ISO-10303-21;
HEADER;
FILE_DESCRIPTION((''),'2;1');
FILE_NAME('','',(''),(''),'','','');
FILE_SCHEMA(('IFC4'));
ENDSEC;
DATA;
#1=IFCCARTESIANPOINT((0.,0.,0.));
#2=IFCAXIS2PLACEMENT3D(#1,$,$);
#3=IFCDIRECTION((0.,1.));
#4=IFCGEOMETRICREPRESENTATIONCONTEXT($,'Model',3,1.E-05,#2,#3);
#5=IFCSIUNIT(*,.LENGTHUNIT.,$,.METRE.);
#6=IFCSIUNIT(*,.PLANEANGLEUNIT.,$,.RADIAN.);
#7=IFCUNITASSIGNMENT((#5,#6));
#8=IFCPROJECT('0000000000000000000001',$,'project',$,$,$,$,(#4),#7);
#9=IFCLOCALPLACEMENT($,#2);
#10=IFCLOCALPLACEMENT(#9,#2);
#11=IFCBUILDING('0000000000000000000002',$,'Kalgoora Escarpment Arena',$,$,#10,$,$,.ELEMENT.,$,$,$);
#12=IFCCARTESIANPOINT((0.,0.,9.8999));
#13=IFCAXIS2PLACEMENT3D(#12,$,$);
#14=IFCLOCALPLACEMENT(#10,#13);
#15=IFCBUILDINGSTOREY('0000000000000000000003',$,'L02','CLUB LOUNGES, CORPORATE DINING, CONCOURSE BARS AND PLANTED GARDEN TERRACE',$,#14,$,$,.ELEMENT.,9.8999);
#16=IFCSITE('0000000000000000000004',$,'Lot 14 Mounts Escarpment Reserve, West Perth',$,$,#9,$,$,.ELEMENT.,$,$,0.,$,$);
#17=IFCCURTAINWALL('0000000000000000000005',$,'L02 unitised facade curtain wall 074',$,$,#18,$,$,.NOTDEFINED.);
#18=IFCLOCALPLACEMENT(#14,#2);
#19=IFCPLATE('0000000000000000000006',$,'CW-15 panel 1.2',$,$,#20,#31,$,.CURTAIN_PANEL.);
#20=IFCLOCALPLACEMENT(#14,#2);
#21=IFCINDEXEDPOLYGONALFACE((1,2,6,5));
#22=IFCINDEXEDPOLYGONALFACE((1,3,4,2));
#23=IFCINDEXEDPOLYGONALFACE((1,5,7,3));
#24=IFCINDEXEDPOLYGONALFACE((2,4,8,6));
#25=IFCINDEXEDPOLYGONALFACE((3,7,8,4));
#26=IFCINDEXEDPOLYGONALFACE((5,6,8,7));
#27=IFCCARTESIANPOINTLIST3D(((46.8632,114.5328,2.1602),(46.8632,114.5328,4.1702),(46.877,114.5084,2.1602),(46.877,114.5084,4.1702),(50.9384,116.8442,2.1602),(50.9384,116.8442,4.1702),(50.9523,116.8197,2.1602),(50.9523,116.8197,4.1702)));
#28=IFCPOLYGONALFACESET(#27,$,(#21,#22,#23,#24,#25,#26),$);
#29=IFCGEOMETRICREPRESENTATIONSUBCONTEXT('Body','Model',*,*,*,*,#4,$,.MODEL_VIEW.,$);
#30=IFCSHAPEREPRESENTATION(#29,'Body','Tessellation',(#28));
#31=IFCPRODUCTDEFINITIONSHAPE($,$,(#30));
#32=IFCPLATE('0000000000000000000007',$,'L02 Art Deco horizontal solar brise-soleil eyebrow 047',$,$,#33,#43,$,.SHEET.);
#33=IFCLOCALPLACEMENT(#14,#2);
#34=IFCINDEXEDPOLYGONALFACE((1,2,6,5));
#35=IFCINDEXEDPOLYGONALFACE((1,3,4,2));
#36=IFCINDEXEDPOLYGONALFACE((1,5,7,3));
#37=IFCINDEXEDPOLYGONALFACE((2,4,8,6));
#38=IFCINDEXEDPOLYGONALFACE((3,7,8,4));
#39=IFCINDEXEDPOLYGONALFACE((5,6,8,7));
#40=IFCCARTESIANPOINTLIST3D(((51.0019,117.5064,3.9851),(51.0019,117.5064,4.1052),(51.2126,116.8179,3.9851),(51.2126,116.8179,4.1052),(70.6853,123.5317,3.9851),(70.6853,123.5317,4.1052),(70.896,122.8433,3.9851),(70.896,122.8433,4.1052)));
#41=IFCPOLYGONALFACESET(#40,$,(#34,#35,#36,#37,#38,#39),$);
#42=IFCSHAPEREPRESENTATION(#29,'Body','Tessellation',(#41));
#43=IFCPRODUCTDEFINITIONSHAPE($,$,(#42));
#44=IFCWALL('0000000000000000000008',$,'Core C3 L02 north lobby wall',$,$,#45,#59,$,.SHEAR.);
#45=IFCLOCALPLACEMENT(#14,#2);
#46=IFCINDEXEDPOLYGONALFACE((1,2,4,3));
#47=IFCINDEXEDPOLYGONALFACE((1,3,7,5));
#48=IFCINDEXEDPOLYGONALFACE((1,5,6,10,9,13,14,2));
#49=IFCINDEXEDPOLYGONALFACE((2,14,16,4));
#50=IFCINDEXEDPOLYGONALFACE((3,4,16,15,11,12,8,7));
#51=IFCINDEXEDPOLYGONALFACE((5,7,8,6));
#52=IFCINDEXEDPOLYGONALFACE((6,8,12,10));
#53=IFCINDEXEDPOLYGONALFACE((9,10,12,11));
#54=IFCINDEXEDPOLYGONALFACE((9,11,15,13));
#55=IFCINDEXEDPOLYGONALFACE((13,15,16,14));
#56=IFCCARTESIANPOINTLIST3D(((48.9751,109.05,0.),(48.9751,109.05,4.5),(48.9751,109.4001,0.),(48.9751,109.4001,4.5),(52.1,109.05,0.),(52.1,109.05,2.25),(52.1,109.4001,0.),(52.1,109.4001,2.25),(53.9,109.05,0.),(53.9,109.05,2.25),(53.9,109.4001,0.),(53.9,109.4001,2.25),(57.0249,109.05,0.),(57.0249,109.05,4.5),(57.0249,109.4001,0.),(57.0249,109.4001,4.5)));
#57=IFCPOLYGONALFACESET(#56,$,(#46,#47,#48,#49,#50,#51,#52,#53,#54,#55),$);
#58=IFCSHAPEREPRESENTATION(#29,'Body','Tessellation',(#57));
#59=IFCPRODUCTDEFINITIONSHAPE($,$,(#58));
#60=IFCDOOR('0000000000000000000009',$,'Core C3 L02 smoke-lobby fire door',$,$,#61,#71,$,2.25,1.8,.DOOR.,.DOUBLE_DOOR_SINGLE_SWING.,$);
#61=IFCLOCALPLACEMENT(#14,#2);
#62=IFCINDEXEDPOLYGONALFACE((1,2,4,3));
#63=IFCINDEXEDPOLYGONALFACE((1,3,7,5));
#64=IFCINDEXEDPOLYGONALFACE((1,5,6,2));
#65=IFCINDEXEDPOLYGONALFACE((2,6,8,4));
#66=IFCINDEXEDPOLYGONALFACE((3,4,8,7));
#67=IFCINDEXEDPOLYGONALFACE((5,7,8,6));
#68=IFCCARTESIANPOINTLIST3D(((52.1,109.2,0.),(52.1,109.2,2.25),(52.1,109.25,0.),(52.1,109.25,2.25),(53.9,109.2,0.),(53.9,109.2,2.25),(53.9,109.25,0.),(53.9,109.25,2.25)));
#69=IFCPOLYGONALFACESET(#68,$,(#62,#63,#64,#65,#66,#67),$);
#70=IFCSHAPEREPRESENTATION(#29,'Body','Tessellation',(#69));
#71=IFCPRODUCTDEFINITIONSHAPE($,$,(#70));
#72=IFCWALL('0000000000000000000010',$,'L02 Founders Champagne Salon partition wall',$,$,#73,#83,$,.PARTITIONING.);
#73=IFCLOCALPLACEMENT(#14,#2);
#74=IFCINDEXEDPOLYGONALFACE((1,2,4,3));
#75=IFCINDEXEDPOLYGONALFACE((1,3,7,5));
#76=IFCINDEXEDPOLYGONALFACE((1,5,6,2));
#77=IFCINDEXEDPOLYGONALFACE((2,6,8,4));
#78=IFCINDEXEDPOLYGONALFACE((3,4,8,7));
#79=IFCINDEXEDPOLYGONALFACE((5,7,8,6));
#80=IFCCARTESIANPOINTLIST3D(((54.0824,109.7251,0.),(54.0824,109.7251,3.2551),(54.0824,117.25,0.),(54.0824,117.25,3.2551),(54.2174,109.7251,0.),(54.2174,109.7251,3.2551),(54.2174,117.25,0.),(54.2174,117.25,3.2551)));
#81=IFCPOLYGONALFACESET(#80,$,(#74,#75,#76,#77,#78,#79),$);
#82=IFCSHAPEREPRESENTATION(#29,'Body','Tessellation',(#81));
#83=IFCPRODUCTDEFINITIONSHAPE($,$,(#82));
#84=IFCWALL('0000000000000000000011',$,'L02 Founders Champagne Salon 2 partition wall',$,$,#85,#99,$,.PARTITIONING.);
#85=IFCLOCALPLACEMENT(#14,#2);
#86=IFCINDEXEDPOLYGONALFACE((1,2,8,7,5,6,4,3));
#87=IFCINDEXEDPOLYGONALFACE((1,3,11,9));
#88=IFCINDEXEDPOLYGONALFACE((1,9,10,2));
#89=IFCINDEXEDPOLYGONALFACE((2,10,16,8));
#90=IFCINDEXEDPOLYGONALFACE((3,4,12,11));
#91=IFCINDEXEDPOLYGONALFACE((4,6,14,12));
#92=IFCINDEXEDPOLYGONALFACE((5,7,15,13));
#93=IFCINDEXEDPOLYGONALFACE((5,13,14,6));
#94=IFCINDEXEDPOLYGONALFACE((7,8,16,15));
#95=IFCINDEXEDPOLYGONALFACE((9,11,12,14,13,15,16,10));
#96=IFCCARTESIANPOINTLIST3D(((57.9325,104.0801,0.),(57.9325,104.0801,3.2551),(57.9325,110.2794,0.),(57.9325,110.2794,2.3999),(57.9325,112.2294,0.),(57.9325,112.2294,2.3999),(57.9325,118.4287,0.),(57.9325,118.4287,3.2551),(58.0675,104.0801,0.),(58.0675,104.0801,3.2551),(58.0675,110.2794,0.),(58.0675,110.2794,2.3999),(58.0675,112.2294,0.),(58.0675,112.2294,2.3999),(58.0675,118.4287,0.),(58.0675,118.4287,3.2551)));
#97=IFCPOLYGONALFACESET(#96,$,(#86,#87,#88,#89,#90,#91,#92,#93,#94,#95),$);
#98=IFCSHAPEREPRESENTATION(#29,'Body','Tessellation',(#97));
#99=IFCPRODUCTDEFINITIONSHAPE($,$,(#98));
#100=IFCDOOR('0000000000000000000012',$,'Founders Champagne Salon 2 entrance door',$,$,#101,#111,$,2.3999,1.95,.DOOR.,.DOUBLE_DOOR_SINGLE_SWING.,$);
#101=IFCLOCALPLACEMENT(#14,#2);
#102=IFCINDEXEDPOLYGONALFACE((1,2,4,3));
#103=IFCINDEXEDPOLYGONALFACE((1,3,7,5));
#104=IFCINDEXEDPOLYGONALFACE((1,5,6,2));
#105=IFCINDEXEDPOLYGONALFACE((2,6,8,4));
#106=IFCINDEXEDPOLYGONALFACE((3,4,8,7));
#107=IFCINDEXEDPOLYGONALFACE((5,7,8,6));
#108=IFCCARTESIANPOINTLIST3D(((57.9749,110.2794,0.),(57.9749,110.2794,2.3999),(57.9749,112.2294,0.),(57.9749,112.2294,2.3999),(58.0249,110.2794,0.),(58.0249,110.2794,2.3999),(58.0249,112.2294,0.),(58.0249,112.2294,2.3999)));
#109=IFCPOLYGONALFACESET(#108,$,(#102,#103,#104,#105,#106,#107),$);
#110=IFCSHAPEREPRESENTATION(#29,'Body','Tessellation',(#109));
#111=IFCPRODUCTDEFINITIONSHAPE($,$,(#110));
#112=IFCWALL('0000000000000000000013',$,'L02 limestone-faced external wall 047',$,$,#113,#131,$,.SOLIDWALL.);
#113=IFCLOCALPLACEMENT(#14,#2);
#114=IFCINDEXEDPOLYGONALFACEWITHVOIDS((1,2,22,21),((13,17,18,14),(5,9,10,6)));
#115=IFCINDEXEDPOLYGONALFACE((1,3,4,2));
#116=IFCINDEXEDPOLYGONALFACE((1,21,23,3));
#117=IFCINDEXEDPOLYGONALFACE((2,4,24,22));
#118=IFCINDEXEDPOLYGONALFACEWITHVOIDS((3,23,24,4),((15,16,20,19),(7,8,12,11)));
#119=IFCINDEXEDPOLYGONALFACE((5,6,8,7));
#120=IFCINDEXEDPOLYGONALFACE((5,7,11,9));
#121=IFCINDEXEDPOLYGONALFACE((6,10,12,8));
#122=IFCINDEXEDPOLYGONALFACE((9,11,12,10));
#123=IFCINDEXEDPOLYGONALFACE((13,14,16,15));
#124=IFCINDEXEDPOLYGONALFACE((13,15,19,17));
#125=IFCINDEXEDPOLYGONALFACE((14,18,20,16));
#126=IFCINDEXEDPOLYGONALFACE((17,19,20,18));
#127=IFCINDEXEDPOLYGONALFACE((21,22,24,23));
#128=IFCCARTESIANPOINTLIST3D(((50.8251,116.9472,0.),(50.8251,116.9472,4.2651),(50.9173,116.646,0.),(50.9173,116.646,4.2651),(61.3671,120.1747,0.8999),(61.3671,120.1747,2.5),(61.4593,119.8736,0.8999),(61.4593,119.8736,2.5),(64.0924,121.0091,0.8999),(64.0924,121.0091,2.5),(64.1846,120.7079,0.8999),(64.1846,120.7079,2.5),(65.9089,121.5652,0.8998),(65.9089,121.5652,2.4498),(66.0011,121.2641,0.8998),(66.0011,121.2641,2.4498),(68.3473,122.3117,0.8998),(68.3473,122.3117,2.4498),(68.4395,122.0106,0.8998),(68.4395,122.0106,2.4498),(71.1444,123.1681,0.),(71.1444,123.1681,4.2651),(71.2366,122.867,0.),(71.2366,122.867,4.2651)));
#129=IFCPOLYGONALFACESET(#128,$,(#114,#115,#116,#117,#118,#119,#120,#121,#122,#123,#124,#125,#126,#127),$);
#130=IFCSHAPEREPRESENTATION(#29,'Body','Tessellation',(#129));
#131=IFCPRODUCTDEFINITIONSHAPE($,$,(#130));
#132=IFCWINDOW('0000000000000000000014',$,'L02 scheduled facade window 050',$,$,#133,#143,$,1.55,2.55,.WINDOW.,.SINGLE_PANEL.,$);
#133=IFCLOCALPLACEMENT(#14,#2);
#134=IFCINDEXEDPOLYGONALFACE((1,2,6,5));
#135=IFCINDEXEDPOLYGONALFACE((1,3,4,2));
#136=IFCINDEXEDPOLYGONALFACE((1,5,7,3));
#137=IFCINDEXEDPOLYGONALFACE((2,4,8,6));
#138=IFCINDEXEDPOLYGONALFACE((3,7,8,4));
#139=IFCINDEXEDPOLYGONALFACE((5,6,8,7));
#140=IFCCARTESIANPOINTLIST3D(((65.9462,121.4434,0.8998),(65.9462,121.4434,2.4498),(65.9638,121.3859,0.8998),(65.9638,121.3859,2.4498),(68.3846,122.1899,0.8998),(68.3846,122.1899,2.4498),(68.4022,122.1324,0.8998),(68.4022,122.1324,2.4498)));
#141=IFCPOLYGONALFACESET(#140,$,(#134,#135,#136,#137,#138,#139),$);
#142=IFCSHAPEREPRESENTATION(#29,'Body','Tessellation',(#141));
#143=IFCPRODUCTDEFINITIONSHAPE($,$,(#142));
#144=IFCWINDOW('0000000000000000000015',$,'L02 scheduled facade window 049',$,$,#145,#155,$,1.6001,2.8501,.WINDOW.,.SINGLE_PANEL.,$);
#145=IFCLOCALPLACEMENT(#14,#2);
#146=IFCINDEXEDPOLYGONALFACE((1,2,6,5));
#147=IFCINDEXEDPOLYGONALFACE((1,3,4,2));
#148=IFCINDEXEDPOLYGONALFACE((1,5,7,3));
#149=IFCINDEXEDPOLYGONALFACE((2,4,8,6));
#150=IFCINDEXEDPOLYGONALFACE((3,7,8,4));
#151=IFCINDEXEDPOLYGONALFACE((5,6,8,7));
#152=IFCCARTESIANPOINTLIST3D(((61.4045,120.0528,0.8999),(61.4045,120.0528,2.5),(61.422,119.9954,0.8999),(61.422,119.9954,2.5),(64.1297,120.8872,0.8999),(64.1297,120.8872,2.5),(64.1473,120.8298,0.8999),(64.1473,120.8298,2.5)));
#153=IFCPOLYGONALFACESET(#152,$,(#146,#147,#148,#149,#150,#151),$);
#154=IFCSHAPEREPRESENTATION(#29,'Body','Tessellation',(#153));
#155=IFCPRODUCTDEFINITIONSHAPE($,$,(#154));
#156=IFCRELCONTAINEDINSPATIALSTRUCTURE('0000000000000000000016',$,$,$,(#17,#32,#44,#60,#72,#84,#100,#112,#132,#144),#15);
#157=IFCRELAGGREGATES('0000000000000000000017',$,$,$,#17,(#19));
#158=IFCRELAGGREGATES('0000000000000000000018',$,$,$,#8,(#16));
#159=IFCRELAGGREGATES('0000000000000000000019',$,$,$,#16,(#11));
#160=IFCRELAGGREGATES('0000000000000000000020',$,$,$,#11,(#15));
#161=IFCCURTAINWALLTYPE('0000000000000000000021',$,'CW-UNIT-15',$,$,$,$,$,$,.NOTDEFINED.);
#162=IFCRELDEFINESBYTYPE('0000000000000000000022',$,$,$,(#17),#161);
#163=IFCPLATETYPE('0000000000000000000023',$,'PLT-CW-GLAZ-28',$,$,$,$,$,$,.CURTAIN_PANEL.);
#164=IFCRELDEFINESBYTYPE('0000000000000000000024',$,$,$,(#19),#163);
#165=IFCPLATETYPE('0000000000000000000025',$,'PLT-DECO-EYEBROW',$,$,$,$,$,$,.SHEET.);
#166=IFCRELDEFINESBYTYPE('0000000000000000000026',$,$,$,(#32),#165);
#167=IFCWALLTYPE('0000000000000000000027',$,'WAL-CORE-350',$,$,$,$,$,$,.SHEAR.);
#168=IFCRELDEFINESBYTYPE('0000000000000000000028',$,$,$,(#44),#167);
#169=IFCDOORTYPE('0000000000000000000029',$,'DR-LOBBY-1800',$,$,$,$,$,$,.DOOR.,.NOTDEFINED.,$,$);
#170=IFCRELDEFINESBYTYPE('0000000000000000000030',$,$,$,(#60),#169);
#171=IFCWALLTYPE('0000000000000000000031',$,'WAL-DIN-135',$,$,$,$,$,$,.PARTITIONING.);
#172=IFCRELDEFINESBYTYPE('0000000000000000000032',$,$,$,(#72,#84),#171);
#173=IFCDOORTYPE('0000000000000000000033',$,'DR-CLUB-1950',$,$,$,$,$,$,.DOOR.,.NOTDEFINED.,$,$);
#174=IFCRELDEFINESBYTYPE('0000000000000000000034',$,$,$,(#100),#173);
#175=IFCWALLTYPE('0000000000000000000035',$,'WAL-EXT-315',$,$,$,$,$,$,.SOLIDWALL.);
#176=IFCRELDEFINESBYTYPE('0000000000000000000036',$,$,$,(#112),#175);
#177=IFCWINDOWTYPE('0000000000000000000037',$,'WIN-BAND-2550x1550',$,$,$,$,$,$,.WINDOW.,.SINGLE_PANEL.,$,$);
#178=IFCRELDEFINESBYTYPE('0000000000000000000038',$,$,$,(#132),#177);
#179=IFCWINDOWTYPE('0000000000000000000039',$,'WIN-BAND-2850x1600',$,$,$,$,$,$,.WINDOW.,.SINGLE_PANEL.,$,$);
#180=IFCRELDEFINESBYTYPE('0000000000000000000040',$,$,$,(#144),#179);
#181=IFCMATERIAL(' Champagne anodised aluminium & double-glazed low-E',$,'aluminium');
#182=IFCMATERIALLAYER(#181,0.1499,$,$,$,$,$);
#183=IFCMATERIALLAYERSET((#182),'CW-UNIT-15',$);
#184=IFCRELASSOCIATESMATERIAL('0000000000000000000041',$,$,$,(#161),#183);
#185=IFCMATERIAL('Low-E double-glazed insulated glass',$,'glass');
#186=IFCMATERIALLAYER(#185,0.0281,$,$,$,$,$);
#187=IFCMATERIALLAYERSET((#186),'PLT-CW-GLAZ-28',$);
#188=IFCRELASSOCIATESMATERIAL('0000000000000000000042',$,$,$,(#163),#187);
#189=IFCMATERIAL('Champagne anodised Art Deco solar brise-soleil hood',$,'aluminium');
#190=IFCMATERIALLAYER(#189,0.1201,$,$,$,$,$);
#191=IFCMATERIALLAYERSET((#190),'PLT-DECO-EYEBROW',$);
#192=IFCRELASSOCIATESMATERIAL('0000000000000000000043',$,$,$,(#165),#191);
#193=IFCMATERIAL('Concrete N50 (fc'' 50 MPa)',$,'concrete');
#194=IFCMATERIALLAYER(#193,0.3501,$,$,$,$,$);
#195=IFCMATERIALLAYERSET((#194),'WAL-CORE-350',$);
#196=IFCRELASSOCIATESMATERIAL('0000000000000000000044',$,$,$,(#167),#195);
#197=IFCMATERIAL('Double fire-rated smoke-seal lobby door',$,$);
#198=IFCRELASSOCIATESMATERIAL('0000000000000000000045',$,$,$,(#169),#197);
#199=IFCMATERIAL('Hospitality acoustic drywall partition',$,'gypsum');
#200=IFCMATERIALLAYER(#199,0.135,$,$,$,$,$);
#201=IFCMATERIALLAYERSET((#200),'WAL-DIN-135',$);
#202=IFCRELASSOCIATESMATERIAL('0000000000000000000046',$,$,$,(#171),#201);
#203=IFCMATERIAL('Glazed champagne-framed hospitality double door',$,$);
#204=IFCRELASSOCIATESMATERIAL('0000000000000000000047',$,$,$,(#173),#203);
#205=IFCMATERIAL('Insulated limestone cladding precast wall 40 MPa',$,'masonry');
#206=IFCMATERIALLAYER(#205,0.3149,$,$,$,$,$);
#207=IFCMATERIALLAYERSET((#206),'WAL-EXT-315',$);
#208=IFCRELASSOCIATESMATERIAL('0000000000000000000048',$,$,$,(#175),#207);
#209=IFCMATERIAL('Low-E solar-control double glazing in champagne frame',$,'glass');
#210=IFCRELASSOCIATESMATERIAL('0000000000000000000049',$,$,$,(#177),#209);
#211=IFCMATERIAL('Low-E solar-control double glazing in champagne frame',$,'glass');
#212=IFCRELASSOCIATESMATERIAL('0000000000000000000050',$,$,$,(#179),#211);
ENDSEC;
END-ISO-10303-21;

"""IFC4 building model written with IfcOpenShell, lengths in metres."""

from ifc_helpers import new_model, si_unit, direction, frame, frame_2d, origin, origin_2d, place, context, subcontext, project, spatial, rectangle, extrude, material, layer, layer_set, type_object, element, fill, aggregate, save


model = new_model("IFC4")

# Units and contexts
model_context = context("Model", 3, precision=1e-05, world=origin(), true_north=direction((0.0, 1.0)))
body_context = subcontext(model_context, "Body", "Model", "MODEL_VIEW")
ifc_project = project(units=[si_unit("LENGTHUNIT", "METRE"), si_unit("PLANEANGLEUNIT", "RADIAN")], contexts=[model_context])

# Site, building, storey
site_placement = place(None, origin())
site = spatial("IfcSite", under=ifc_project, at=site_placement, Name="Lot 14 Mounts Escarpment Reserve, West Perth", CompositionType="ELEMENT", RefElevation=0.0)
building_placement = place(site_placement, origin())
building = spatial("IfcBuilding", under=site, at=building_placement, Name="Kalgoora Escarpment Arena", CompositionType="ELEMENT")
storey_placement = place(building_placement, frame((0.0, 0.0, 9.8999)))
storey = spatial("IfcBuildingStorey", under=building, at=storey_placement, Name="L02", Description="CLUB LOUNGES, CORPORATE DINING, CONCOURSE BARS AND PLANTED GARDEN TERRACE", CompositionType="ELEMENT", Elevation=9.8999)

# Curtain wall
ifc_material_1 = material(Name=" Champagne anodised aluminium & double-glazed low-E", Category="aluminium")
ifc_layer_1 = layer(ifc_material_1, 0.1499)
ifc_layer_set_1 = layer_set([ifc_layer_1], Name="CW-UNIT-15")
curtain_wall_type = type_object("IfcCurtainWallType", Name="CW-UNIT-15", PredefinedType="NOTDEFINED", material=ifc_layer_set_1)
curtain_wall_placement = place(storey_placement, origin())
curtain_wall = element("IfcCurtainWall", 1, at=curtain_wall_placement, inside=storey, type_object=curtain_wall_type, Name="L02 unitised facade curtain wall 074", PredefinedType="NOTDEFINED")

# Plates
ifc_material_2 = material(Name="Low-E double-glazed insulated glass", Category="glass")
ifc_layer_2 = layer(ifc_material_2, 0.0281)
ifc_layer_set_2 = layer_set([ifc_layer_2], Name="PLT-CW-GLAZ-28")
plate_type_1 = type_object("IfcPlateType", Name="PLT-CW-GLAZ-28", PredefinedType="CURTAIN_PANEL", material=ifc_layer_set_2)
plate_1_placement = place(storey_placement, frame((48.9077, 115.6763, 2.1602), z_axis=(0.0, 0.0, 1.0), x_axis=(0.869834, 0.493344, 0.0)))
plate_1 = element("IfcPlate", 2, at=plate_1_placement, type_object=plate_type_1, Name="CW-15 panel 1.2", PredefinedType="CURTAIN_PANEL", context=body_context, shape_type="SweptSolid", body=[
    extrude(rectangle(XDim=4.6851, YDim=0.0281, at=origin_2d()), origin(), (0.0, 0.0, 1.0), 2.01),
])
aggregate(curtain_wall, [plate_1])
ifc_material_3 = material(Name="Champagne anodised Art Deco solar brise-soleil hood", Category="aluminium")
ifc_layer_3 = layer(ifc_material_3, 0.1201)
ifc_layer_set_3 = layer_set([ifc_layer_3], Name="PLT-DECO-EYEBROW")
plate_type_2 = type_object("IfcPlateType", Name="PLT-DECO-EYEBROW", PredefinedType="SHEET", material=ifc_layer_set_3)
plate_2_placement = place(storey_placement, frame((60.949, 120.1748, 3.9851), z_axis=(0.0, 0.0, 1.0), x_axis=(0.956203, 0.292706, 0.0)))
element("IfcPlate", 3, at=plate_2_placement, inside=storey, type_object=plate_type_2, Name="L02 Art Deco horizontal solar brise-soleil eyebrow 047", PredefinedType="SHEET", context=body_context, shape_type="SweptSolid", body=[
    extrude(rectangle(XDim=20.585, YDim=0.72, at=origin_2d()), origin(), (0.0, 0.0, 1.0), 0.1201),
])

# Wall, opening, door
ifc_material_4 = material(Name="Concrete N50 (fc' 50 MPa)", Category="concrete")
ifc_layer_4 = layer(ifc_material_4, 0.3501)
ifc_layer_set_4 = layer_set([ifc_layer_4], Name="WAL-CORE-350")
wall_type_1 = type_object("IfcWallType", Name="WAL-CORE-350", PredefinedType="SHEAR", material=ifc_layer_set_4)
wall_1_placement = place(storey_placement, frame((48.9751, 109.2251, 0.0), z_axis=(0.0, 0.0, 1.0), x_axis=(1.0, 0.0, 0.0)))
wall_1 = element("IfcWall", 4, at=wall_1_placement, inside=storey, type_object=wall_type_1, Name="Core C3 L02 north lobby wall", PredefinedType="SHEAR", context=body_context, shape_type="SweptSolid", body=[
    extrude(rectangle(XDim=8.0498, YDim=0.3501, at=frame_2d((4.0249, 0.0))), origin(), (0.0, 0.0, 1.0), 4.5),
])
opening_1_placement = place(wall_1_placement, frame((3.125, 0.0, 0.0)))
opening_1 = element("IfcOpeningElement", 5, at=opening_1_placement, cuts=wall_1, PredefinedType="OPENING", context=body_context, shape_type="SweptSolid", body=[
    extrude(rectangle(XDim=1.8, YDim=2.25, at=frame_2d((0.8999, 1.125))), frame((0.0, 0.1851, 0.0), z_axis=(0.0, -1.0, 0.0), x_axis=(1.0, 0.0, 0.0)), (0.0, 0.0, 1.0), 0.3701),
])
ifc_material_5 = material(Name="Double fire-rated smoke-seal lobby door")
door_type_1 = type_object("IfcDoorType", Name="DR-LOBBY-1800", OperationType="NOTDEFINED", PredefinedType="DOOR", material=ifc_material_5)
door_1_placement = place(opening_1_placement, origin())
door_1 = element("IfcDoor", 6, at=door_1_placement, inside=storey, type_object=door_type_1, Name="Core C3 L02 smoke-lobby fire door", OperationType="DOUBLE_DOOR_SINGLE_SWING", OverallHeight=2.25, OverallWidth=1.8, PredefinedType="DOOR", context=body_context, shape_type="SweptSolid", body=[
    extrude(rectangle(XDim=1.8, YDim=2.25, at=frame_2d((0.8999, 1.125))), frame((0.0, 0.0249, 0.0), z_axis=(0.0, -1.0, 0.0), x_axis=(1.0, 0.0, 0.0)), (0.0, 0.0, 1.0), 0.05),
])
fill(opening_1, door_1)

# Wall
ifc_material_6 = material(Name="Hospitality acoustic drywall partition", Category="gypsum")
ifc_layer_5 = layer(ifc_material_6, 0.135)
ifc_layer_set_5 = layer_set([ifc_layer_5], Name="WAL-DIN-135")
wall_type_2 = type_object("IfcWallType", Name="WAL-DIN-135", PredefinedType="PARTITIONING", material=ifc_layer_set_5)
wall_2_placement = place(storey_placement, frame((54.1499, 117.25, 0.0), z_axis=(0.0, 0.0, 1.0), x_axis=(0.0, -1.0, 0.0)))
element("IfcWall", 7, at=wall_2_placement, inside=storey, type_object=wall_type_2, Name="L02 Founders Champagne Salon partition wall", PredefinedType="PARTITIONING", context=body_context, shape_type="SweptSolid", body=[
    extrude(rectangle(XDim=7.5249, YDim=0.135, at=frame_2d((3.7625, 0.0))), origin(), (0.0, 0.0, 1.0), 3.2551),
])

# Wall, opening, door
wall_3_placement = place(storey_placement, frame((58.0, 118.4287, 0.0), z_axis=(0.0, 0.0, 1.0), x_axis=(0.0, -1.0, 0.0)))
wall_3 = element("IfcWall", 8, at=wall_3_placement, inside=storey, type_object=wall_type_2, Name="L02 Founders Champagne Salon 2 partition wall", PredefinedType="PARTITIONING", context=body_context, shape_type="SweptSolid", body=[
    extrude(rectangle(XDim=14.3486, YDim=0.135, at=frame_2d((7.1743, 0.0))), origin(), (0.0, 0.0, 1.0), 3.2551),
])
opening_2_placement = place(wall_3_placement, frame((6.1992, 0.0, 0.0)))
opening_2 = element("IfcOpeningElement", 9, at=opening_2_placement, cuts=wall_3, PredefinedType="OPENING", context=body_context, shape_type="SweptSolid", body=[
    extrude(rectangle(XDim=1.95, YDim=2.3999, at=frame_2d((0.9751, 1.2))), frame((0.0, 0.0774, 0.0), z_axis=(0.0, -1.0, 0.0), x_axis=(1.0, 0.0, 0.0)), (0.0, 0.0, 1.0), 0.155),
])
ifc_material_7 = material(Name="Glazed champagne-framed hospitality double door")
door_type_2 = type_object("IfcDoorType", Name="DR-CLUB-1950", OperationType="NOTDEFINED", PredefinedType="DOOR", material=ifc_material_7)
door_2_placement = place(opening_2_placement, origin())
door_2 = element("IfcDoor", 10, at=door_2_placement, inside=storey, type_object=door_type_2, Name="Founders Champagne Salon 2 entrance door", OperationType="DOUBLE_DOOR_SINGLE_SWING", OverallHeight=2.3999, OverallWidth=1.95, PredefinedType="DOOR", context=body_context, shape_type="SweptSolid", body=[
    extrude(rectangle(XDim=1.95, YDim=2.3999, at=frame_2d((0.9751, 1.2))), frame((0.0, 0.0249, 0.0), z_axis=(0.0, -1.0, 0.0), x_axis=(1.0, 0.0, 0.0)), (0.0, 0.0, 1.0), 0.05),
])
fill(opening_2, door_2)

# Wall, openings, windows
ifc_material_8 = material(Name="Insulated limestone cladding precast wall 40 MPa", Category="masonry")
ifc_layer_6 = layer(ifc_material_8, 0.3149)
ifc_layer_set_6 = layer_set([ifc_layer_6], Name="WAL-EXT-315")
wall_type_3 = type_object("IfcWallType", Name="WAL-EXT-315", PredefinedType="SOLIDWALL", material=ifc_layer_set_6)
wall_4_placement = place(storey_placement, frame((50.8713, 116.7966, 0.0), z_axis=(0.0, 0.0, 1.0), x_axis=(0.95619, 0.292746, 0.0)))
wall_4 = element("IfcWall", 11, at=wall_4_placement, inside=storey, type_object=wall_type_3, Name="L02 limestone-faced external wall 047", PredefinedType="SOLIDWALL", context=body_context, shape_type="SweptSolid", body=[
    extrude(rectangle(XDim=21.2502, YDim=0.3149, at=frame_2d((10.625, 0.0))), origin(), (0.0, 0.0, 1.0), 4.2651),
])
opening_3_placement = place(wall_4_placement, frame((11.0249, 0.0, 0.8999)))
opening_3 = element("IfcOpeningElement", 12, at=opening_3_placement, cuts=wall_4, PredefinedType="OPENING", context=body_context, shape_type="SweptSolid", body=[
    extrude(rectangle(XDim=2.8501, YDim=1.6001, at=frame_2d((1.425, 0.8))), frame((0.0, 0.1675, 0.0), z_axis=(0.0, -1.0, 0.0), x_axis=(1.0, 0.0, 0.0)), (0.0, 0.0, 1.0), 0.335),
])
opening_4_placement = place(wall_4_placement, frame((15.7749, 0.0, 0.8999)))
opening_4 = element("IfcOpeningElement", 13, at=opening_4_placement, cuts=wall_4, PredefinedType="OPENING", context=body_context, shape_type="SweptSolid", body=[
    extrude(rectangle(XDim=2.55, YDim=1.55, at=frame_2d((1.2749, 0.7749))), frame((0.0, 0.1675, 0.0), z_axis=(0.0, -1.0, 0.0), x_axis=(1.0, 0.0, 0.0)), (0.0, 0.0, 1.0), 0.335),
])
ifc_material_9 = material(Name="Low-E solar-control double glazing in champagne frame", Category="glass")
window_type_1 = type_object("IfcWindowType", Name="WIN-BAND-2550x1550", PartitioningType="SINGLE_PANEL", PredefinedType="WINDOW", material=ifc_material_9)
window_1_placement = place(opening_4_placement, origin())
window_1 = element("IfcWindow", 14, at=window_1_placement, inside=storey, type_object=window_type_1, Name="L02 scheduled facade window 050", OverallHeight=1.55, OverallWidth=2.55, PartitioningType="SINGLE_PANEL", PredefinedType="WINDOW", context=body_context, shape_type="SweptSolid", body=[
    extrude(rectangle(XDim=2.55, YDim=1.55, at=frame_2d((1.2749, 0.7749))), frame((0.0, 0.03, 0.0), z_axis=(0.0, -1.0, 0.0), x_axis=(1.0, 0.0, 0.0)), (0.0, 0.0, 1.0), 0.0601),
])
fill(opening_4, window_1)
ifc_material_10 = material(Name="Low-E solar-control double glazing in champagne frame", Category="glass")
window_type_2 = type_object("IfcWindowType", Name="WIN-BAND-2850x1600", PartitioningType="SINGLE_PANEL", PredefinedType="WINDOW", material=ifc_material_10)
window_2_placement = place(opening_3_placement, origin())
window_2 = element("IfcWindow", 15, at=window_2_placement, inside=storey, type_object=window_type_2, Name="L02 scheduled facade window 049", OverallHeight=1.6001, OverallWidth=2.8501, PartitioningType="SINGLE_PANEL", PredefinedType="WINDOW", context=body_context, shape_type="SweptSolid", body=[
    extrude(rectangle(XDim=2.8501, YDim=1.6001, at=frame_2d((1.425, 0.8))), frame((0.0, 0.03, 0.0), z_axis=(0.0, -1.0, 0.0), x_axis=(1.0, 0.0, 0.0)), (0.0, 0.0, 1.0), 0.0601),
])
fill(opening_3, window_2)

save(model, "model.ifc")
